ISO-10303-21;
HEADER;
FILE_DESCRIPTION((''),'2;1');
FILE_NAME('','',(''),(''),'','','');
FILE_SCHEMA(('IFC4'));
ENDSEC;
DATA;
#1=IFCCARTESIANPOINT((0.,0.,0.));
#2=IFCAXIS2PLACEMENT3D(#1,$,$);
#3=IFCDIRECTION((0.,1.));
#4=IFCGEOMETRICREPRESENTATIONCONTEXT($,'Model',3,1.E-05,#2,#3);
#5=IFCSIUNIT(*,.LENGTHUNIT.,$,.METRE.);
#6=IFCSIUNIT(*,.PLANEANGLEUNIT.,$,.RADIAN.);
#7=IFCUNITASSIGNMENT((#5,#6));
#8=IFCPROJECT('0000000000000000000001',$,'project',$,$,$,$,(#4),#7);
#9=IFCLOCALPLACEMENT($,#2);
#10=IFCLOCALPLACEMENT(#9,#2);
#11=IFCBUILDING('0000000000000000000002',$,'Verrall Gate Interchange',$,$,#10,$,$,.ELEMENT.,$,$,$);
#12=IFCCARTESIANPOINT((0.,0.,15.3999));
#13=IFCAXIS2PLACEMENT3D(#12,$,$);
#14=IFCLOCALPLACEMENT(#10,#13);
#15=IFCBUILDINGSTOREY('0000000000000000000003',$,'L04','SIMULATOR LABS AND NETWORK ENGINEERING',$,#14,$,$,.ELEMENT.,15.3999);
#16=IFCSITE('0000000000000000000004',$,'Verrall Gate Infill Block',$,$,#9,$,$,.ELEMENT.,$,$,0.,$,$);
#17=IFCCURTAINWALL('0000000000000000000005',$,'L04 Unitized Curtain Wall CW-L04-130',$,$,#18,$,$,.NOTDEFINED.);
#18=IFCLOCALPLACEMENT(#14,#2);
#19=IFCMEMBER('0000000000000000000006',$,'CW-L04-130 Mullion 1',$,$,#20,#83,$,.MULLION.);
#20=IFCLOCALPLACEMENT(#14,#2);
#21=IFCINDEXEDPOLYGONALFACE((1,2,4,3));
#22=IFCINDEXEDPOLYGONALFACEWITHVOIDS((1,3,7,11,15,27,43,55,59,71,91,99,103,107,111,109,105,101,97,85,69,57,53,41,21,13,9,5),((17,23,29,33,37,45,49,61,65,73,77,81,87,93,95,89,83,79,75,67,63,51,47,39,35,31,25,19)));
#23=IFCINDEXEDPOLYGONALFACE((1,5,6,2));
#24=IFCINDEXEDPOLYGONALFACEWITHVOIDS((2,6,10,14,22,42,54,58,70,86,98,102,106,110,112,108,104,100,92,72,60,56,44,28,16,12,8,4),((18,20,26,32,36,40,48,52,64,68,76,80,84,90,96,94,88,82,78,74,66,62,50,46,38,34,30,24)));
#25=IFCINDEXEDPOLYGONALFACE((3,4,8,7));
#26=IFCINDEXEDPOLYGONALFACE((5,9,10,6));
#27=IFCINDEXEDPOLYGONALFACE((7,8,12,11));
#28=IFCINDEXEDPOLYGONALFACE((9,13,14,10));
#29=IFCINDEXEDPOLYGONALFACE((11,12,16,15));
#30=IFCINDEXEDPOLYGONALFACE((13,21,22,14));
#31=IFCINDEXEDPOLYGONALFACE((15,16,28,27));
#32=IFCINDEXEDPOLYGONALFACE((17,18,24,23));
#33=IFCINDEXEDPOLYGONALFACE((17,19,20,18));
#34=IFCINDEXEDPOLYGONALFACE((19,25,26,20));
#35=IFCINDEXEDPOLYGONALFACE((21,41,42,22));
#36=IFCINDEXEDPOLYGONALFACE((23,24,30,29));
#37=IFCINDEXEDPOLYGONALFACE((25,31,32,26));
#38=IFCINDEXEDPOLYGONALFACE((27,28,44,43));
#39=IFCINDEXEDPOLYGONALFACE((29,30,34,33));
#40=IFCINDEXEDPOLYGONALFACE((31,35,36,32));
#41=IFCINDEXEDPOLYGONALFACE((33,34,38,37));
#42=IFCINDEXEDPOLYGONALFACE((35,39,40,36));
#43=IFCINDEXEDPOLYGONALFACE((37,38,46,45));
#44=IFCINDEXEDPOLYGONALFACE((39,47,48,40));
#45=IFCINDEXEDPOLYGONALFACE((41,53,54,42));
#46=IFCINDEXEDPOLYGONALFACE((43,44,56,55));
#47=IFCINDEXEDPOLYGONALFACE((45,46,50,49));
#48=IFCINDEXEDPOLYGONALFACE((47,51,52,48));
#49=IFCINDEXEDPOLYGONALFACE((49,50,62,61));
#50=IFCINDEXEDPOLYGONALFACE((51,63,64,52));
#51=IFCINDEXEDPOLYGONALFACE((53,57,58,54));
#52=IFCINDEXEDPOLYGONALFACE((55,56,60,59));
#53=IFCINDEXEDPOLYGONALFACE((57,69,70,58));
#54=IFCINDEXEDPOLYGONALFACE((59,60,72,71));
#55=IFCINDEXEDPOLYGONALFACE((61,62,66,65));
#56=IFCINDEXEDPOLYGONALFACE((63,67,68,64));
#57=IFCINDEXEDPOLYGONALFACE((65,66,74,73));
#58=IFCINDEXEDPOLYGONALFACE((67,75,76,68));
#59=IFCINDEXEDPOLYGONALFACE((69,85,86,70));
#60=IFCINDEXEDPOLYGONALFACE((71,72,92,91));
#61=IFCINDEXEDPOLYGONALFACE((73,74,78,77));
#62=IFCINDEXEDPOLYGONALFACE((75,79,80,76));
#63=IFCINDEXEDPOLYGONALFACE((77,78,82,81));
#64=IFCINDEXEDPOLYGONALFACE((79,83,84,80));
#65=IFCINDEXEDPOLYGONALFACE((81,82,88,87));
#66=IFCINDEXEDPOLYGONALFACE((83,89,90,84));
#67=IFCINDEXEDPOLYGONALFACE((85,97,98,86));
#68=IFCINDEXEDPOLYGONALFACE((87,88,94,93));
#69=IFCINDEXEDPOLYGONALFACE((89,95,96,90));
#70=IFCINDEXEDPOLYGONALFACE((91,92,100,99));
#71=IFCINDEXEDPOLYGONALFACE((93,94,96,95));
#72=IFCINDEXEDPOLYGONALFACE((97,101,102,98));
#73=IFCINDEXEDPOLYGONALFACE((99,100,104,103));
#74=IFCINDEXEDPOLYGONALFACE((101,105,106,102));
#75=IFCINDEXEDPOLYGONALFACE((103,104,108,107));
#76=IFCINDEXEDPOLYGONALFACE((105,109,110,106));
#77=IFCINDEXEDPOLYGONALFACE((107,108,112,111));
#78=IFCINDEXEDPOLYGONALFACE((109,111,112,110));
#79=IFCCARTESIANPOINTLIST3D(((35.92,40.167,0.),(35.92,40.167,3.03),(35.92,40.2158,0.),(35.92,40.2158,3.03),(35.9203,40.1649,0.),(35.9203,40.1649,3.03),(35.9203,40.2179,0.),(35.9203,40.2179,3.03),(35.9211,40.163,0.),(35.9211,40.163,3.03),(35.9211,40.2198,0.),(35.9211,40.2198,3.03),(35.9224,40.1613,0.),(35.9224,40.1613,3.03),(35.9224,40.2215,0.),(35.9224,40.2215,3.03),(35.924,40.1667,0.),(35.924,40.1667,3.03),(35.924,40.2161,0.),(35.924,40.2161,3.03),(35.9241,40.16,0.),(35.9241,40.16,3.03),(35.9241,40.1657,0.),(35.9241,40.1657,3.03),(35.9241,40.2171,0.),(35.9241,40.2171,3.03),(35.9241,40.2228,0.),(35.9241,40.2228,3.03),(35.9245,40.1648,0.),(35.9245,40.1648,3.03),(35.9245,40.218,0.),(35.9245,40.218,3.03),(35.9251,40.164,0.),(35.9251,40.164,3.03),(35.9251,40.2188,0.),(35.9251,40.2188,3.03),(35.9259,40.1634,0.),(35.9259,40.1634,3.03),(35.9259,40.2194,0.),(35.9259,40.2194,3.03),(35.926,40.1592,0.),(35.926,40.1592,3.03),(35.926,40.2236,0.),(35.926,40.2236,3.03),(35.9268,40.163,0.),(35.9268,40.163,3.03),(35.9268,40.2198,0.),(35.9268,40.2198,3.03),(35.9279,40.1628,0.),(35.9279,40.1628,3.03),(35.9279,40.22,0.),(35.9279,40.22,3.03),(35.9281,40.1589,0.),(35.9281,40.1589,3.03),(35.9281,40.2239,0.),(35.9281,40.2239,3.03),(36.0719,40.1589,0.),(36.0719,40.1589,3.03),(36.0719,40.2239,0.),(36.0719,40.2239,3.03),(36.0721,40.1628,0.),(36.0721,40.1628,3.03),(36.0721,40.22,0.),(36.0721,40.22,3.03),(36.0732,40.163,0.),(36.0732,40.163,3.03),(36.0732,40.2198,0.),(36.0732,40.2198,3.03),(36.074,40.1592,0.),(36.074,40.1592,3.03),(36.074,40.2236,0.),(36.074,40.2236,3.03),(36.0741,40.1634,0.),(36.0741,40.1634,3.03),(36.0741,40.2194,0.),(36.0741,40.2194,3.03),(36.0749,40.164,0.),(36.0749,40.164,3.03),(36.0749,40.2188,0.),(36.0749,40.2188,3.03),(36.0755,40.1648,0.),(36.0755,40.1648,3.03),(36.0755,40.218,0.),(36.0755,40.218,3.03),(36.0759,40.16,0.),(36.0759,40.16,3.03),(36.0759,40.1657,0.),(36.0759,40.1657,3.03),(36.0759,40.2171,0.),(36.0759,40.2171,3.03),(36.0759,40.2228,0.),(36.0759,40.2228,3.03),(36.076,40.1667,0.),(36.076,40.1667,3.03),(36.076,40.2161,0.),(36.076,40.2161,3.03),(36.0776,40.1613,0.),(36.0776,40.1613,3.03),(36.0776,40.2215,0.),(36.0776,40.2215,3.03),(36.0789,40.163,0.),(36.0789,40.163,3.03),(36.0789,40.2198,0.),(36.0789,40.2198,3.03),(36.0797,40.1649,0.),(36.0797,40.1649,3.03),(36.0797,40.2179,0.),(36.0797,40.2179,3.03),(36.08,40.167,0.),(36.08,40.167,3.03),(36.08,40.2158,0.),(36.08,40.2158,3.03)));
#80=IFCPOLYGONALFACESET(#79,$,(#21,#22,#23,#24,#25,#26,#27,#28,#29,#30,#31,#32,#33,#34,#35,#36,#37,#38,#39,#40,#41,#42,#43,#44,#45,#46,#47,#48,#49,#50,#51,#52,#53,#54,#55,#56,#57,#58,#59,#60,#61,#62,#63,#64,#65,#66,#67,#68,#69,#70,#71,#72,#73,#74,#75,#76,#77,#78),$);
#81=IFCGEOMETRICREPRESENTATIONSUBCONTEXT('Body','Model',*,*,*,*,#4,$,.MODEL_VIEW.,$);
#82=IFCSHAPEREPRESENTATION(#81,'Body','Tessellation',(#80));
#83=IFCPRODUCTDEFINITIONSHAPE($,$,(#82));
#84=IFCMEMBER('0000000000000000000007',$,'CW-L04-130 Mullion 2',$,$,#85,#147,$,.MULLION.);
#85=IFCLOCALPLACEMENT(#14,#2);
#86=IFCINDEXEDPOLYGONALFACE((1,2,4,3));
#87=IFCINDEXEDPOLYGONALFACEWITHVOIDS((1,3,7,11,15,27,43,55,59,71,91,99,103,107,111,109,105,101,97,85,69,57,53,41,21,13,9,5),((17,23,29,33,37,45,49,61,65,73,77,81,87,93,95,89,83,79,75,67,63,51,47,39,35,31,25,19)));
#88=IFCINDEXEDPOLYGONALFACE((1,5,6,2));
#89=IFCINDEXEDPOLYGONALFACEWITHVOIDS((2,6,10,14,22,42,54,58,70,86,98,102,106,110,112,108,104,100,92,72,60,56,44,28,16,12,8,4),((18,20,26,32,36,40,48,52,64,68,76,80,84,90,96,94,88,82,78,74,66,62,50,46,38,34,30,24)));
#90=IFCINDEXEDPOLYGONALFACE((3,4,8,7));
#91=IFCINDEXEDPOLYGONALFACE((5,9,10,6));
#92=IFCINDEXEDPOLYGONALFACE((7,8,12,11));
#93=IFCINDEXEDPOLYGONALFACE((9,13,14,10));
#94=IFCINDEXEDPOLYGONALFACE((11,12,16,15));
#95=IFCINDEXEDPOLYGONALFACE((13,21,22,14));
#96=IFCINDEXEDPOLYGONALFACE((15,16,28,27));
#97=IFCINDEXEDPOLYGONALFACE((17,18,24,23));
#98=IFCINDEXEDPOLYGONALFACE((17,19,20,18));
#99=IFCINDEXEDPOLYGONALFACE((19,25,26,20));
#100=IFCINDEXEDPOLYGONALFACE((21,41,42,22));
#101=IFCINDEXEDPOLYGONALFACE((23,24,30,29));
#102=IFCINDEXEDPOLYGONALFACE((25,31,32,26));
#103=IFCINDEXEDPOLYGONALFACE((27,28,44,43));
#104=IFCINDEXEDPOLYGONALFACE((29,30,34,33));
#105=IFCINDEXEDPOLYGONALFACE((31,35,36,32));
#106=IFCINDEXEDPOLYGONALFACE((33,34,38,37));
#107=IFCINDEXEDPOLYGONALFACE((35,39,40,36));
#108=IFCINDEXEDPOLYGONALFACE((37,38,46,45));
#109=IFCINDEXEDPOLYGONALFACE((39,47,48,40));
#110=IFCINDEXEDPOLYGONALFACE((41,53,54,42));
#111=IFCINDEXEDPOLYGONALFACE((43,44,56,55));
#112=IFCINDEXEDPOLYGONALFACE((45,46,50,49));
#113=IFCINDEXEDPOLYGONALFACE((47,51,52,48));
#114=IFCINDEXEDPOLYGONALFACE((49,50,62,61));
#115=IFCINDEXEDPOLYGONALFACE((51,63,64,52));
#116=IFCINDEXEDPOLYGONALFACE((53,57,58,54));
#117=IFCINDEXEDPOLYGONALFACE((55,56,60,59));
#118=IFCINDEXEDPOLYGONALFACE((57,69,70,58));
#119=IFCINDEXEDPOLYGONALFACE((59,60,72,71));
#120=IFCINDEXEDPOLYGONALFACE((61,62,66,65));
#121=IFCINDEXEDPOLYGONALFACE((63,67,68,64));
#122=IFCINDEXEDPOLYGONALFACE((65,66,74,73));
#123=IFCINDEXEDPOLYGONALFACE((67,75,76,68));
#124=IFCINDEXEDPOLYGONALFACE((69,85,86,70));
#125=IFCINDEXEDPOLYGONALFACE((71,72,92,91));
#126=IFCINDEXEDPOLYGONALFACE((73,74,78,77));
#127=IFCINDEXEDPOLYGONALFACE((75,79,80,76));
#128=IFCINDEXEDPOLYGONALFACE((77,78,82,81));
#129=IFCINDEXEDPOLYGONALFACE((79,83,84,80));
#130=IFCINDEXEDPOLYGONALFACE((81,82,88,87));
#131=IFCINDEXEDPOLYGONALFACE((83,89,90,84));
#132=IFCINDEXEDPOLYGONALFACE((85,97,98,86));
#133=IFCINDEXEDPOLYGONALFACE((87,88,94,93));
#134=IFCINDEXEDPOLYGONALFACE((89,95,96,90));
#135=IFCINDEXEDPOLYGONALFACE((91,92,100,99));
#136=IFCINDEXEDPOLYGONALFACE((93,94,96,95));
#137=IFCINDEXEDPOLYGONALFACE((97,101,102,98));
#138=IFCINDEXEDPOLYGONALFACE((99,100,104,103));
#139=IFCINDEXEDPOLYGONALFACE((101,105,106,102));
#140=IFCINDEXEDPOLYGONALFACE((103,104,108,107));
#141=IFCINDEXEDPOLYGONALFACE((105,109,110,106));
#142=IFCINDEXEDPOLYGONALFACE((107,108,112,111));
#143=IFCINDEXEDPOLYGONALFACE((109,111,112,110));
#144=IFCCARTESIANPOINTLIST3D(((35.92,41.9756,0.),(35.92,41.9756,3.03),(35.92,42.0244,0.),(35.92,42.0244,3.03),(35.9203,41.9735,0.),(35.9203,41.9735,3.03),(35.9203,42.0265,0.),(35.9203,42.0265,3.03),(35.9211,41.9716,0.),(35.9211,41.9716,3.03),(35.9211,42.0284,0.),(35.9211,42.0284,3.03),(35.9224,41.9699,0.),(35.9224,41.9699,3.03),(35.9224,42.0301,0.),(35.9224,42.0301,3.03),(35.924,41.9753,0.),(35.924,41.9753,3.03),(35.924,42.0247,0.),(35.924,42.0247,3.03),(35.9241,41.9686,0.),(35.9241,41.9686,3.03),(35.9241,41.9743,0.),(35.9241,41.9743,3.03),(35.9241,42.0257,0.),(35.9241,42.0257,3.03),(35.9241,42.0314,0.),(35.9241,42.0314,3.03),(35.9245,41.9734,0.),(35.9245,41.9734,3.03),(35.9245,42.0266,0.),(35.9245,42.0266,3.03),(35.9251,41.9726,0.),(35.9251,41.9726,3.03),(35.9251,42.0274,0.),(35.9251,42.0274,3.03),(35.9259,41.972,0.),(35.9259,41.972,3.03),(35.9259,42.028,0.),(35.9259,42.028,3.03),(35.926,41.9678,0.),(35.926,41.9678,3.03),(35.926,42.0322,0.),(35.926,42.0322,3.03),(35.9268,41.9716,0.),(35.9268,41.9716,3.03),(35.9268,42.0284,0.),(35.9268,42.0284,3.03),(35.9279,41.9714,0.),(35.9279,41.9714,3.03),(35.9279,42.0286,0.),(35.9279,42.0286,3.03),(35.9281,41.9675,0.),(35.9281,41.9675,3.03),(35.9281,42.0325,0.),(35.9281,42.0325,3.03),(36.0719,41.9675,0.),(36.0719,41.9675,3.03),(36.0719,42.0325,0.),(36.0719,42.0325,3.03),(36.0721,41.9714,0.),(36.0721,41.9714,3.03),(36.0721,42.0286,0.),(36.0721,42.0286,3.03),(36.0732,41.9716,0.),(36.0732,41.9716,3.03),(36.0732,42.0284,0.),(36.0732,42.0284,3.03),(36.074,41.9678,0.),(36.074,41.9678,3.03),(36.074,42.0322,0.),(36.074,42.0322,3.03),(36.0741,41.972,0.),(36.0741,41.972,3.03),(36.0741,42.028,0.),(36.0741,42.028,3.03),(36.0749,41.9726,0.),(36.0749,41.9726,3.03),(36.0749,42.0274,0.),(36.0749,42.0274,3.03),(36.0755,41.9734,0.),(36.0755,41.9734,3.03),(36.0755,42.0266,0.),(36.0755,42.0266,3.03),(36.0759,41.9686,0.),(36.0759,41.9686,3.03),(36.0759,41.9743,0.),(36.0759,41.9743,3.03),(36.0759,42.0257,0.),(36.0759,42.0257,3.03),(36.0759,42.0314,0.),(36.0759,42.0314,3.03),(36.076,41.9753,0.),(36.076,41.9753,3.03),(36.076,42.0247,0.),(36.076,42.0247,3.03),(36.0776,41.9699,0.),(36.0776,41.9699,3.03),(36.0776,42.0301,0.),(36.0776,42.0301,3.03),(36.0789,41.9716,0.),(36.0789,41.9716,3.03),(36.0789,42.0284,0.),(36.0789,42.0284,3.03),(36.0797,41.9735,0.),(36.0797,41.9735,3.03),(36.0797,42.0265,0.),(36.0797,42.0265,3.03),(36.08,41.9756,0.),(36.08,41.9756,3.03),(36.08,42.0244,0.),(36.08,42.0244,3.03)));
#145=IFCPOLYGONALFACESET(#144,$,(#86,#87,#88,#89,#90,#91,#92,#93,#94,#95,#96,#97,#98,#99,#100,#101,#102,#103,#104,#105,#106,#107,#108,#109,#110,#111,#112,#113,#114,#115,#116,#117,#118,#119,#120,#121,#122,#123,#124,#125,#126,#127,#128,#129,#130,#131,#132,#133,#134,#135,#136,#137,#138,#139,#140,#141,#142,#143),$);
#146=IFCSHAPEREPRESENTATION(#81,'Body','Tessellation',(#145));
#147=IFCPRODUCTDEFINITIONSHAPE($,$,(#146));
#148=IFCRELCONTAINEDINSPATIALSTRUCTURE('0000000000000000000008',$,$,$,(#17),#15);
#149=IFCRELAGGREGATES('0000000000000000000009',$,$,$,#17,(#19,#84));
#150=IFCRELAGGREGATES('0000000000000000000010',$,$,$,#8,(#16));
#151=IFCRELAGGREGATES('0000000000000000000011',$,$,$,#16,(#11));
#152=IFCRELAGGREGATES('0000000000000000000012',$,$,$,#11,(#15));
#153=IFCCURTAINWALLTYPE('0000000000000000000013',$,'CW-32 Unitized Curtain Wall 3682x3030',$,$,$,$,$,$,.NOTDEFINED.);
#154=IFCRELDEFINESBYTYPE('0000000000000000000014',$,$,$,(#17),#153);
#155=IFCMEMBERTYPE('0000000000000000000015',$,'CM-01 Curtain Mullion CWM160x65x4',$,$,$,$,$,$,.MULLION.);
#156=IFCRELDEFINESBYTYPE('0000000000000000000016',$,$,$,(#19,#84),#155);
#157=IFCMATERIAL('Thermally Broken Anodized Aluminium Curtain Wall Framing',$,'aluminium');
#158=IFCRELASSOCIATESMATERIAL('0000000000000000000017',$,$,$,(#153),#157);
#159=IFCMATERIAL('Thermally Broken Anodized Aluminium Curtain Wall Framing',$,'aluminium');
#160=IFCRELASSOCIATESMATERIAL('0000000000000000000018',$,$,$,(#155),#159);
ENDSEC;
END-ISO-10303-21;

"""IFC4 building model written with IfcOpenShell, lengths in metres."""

from ifc_helpers import new_model, si_unit, direction, frame, origin, origin_2d, place, context, subcontext, project, spatial, hollow_rectangle, extrude, material, material_profile, profile_set, type_object, element, aggregate, save


model = new_model("IFC4")

# Units and contexts
model_context = context("Model", 3, precision=1e-05, world=origin(), true_north=direction((0.0, 1.0)))
body_context = subcontext(model_context, "Body", "Model", "MODEL_VIEW")
ifc_project = project(units=[si_unit("LENGTHUNIT", "METRE"), si_unit("PLANEANGLEUNIT", "RADIAN")], contexts=[model_context])

# Site, building, storey
site_placement = place(None, origin())
site = spatial("IfcSite", under=ifc_project, at=site_placement, Name="Verrall Gate Infill Block", CompositionType="ELEMENT", RefElevation=0.0)
building_placement = place(site_placement, origin())
building = spatial("IfcBuilding", under=site, at=building_placement, Name="Verrall Gate Interchange", CompositionType="ELEMENT")
storey_placement = place(building_placement, frame((0.0, 0.0, 15.3999)))
storey = spatial("IfcBuildingStorey", under=building, at=storey_placement, Name="L04", Description="SIMULATOR LABS AND NETWORK ENGINEERING", CompositionType="ELEMENT", Elevation=15.3999)

# Curtain wall, members
ifc_material_1 = material(Name="Thermally Broken Anodized Aluminium Curtain Wall Framing", Category="aluminium")
curtain_wall_type = type_object("IfcCurtainWallType", Name="CW-32 Unitized Curtain Wall 3682x3030", PredefinedType="NOTDEFINED", material=ifc_material_1)
curtain_wall_placement = place(storey_placement, origin())
curtain_wall = element("IfcCurtainWall", 1, at=curtain_wall_placement, inside=storey, type_object=curtain_wall_type, Name="L04 Unitized Curtain Wall CW-L04-130", PredefinedType="NOTDEFINED")
ifc_material_2 = material(Name="Thermally Broken Anodized Aluminium Curtain Wall Framing", Category="aluminium")
ifc_material_profile_1 = material_profile(ifc_material_2, hollow_rectangle(XDim=0.0649, YDim=0.1599, WallThickness=0.0039, InnerFilletRadius=0.0039, OuterFilletRadius=0.0081, at=origin_2d()), Name="CWM160x65x4")
ifc_profile_set_1 = profile_set([ifc_material_profile_1], Name="Thermally Broken Anodized Aluminium Curtain Wall Framing")
member_type_1 = type_object("IfcMemberType", Name="CM-01 Curtain Mullion CWM160x65x4", PredefinedType="MULLION", material=ifc_profile_set_1)
member_1_placement = place(storey_placement, frame((36.0, 40.1914, 0.0), z_axis=(0.0, 0.0, 1.0), x_axis=(0.0, 1.0, 0.0)))
member_1 = element("IfcMember", 2, at=member_1_placement, type_object=member_type_1, Name="CW-L04-130 Mullion 1", PredefinedType="MULLION", context=body_context, shape_type="SweptSolid", body=[
    extrude(hollow_rectangle(XDim=0.0649, YDim=0.1599, WallThickness=0.0039, InnerFilletRadius=0.0039, OuterFilletRadius=0.0081, at=origin_2d()), origin(), (0.0, 0.0, 1.0), 3.03),
])
member_2_placement = place(storey_placement, frame((36.0, 42.0, 0.0), z_axis=(0.0, 0.0, 1.0), x_axis=(0.0, 1.0, 0.0)))
member_2 = element("IfcMember", 3, at=member_2_placement, type_object=member_type_1, Name="CW-L04-130 Mullion 2", PredefinedType="MULLION", context=body_context, shape_type="SweptSolid", body=[
    extrude(hollow_rectangle(XDim=0.0649, YDim=0.1599, WallThickness=0.0039, InnerFilletRadius=0.0039, OuterFilletRadius=0.0081, at=origin_2d()), origin(), (0.0, 0.0, 1.0), 3.03),
])
aggregate(curtain_wall, [member_1, member_2])

save(model, "model.ifc")
